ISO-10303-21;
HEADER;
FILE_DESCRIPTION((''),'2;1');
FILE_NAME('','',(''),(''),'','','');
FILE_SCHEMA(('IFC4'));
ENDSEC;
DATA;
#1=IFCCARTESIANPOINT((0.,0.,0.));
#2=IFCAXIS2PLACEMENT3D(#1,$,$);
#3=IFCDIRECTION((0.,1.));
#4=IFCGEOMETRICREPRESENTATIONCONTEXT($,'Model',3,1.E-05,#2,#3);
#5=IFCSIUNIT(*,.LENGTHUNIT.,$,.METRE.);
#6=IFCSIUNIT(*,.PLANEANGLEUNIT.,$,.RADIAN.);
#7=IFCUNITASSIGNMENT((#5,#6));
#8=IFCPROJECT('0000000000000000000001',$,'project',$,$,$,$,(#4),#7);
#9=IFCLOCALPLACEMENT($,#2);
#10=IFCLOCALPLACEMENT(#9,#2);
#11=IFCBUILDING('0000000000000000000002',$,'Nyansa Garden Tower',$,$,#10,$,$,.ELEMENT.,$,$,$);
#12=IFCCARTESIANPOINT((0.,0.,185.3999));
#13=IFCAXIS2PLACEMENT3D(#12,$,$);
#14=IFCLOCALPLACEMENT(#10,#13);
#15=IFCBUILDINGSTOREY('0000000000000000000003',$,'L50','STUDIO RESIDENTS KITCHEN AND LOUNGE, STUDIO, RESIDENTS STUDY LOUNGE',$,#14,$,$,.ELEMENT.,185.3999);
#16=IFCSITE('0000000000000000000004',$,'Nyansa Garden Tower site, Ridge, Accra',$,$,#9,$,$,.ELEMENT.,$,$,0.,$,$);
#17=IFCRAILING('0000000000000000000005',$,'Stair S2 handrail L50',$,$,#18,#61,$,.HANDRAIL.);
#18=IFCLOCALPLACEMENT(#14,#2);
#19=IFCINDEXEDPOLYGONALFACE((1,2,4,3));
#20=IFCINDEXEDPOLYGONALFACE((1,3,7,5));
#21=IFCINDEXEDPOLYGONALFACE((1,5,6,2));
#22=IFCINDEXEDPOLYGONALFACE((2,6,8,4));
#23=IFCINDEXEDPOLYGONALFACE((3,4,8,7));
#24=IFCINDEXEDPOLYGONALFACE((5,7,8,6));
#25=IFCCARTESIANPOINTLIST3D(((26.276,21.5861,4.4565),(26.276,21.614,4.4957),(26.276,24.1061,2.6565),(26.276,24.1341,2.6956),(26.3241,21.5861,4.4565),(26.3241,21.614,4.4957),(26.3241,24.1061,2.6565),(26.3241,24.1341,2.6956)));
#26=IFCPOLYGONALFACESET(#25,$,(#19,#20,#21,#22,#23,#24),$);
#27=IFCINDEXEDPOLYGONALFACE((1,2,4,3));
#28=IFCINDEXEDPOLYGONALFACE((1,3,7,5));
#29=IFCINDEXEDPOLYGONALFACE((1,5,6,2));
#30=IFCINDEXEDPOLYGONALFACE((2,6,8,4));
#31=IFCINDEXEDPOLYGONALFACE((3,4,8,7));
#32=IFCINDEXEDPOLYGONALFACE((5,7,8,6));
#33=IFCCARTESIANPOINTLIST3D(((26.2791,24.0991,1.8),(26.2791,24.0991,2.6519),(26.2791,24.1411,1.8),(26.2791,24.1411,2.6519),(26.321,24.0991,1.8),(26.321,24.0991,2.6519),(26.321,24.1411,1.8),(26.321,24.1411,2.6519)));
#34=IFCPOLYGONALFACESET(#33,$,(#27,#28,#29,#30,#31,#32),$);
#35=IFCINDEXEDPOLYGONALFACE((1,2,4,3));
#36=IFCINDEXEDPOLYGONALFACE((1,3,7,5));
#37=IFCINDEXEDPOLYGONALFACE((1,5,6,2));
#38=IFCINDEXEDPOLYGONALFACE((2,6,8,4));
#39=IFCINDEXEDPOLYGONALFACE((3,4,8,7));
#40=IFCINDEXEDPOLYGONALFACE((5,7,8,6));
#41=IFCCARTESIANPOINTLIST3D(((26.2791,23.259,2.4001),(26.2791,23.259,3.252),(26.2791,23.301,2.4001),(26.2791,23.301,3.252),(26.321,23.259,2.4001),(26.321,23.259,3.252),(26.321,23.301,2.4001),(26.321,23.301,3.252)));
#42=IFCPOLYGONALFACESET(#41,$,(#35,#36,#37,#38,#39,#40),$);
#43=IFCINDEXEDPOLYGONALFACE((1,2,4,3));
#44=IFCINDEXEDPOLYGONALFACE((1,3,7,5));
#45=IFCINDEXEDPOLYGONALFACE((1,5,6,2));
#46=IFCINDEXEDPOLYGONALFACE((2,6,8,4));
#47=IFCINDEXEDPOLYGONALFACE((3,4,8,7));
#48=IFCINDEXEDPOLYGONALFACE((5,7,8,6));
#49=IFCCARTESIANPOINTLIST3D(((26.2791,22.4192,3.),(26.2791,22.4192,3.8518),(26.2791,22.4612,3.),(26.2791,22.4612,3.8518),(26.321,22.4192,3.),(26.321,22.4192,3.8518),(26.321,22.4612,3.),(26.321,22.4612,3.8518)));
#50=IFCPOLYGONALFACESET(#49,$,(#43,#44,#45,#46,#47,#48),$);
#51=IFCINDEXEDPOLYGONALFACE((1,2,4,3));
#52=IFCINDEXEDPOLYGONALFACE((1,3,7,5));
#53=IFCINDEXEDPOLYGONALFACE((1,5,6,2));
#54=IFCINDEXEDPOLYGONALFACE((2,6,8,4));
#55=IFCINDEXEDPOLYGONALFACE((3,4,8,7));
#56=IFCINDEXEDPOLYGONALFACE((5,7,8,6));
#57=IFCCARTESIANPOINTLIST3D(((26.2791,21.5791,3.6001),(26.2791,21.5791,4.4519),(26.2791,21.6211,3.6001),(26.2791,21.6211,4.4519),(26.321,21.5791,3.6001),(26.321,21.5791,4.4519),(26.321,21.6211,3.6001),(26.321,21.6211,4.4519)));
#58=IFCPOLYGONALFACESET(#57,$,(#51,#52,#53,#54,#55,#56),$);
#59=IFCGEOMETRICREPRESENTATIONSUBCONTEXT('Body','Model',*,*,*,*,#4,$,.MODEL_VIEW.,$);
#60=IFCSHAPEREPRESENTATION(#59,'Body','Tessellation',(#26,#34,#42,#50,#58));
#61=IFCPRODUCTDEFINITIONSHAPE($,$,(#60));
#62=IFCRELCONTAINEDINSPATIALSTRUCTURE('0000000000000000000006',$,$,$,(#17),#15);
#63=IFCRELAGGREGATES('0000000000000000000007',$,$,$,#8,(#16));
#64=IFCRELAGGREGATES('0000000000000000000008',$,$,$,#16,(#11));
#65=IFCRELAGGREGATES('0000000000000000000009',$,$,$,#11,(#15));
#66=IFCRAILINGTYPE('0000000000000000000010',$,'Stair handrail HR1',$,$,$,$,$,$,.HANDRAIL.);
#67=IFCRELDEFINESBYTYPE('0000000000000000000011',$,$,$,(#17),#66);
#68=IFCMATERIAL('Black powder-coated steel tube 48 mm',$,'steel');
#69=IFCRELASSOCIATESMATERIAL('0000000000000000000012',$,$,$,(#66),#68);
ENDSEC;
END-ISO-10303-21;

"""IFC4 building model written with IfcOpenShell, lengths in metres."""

from ifc_helpers import new_model, si_unit, direction, frame, origin, origin_2d, place, context, subcontext, project, spatial, rectangle, extrude, material, type_object, element, save


model = new_model("IFC4")

# Units and contexts
model_context = context("Model", 3, precision=1e-05, world=origin(), true_north=direction((0.0, 1.0)))
body_context = subcontext(model_context, "Body", "Model", "MODEL_VIEW")
ifc_project = project(units=[si_unit("LENGTHUNIT", "METRE"), si_unit("PLANEANGLEUNIT", "RADIAN")], contexts=[model_context])

# Site, building, storey
site_placement = place(None, origin())
site = spatial("IfcSite", under=ifc_project, at=site_placement, Name="Nyansa Garden Tower site, Ridge, Accra", CompositionType="ELEMENT", RefElevation=0.0)
building_placement = place(site_placement, origin())
building = spatial("IfcBuilding", under=site, at=building_placement, Name="Nyansa Garden Tower", CompositionType="ELEMENT")
storey_placement = place(building_placement, frame((0.0, 0.0, 185.3999)))
storey = spatial("IfcBuildingStorey", under=building, at=storey_placement, Name="L50", Description="STUDIO RESIDENTS KITCHEN AND LOUNGE, STUDIO, RESIDENTS STUDY LOUNGE", CompositionType="ELEMENT", Elevation=185.3999)

# Railing
ifc_material_1 = material(Name="Black powder-coated steel tube 48 mm", Category="steel")
railing_type = type_object("IfcRailingType", Name="Stair handrail HR1", PredefinedType="HANDRAIL", material=ifc_material_1)
railing_1_placement = place(storey_placement, frame((26.3, 24.1201, 1.8)))
element("IfcRailing", 1, at=railing_1_placement, inside=storey, type_object=railing_type, Name="Stair S2 handrail L50", PredefinedType="HANDRAIL", context=body_context, shape_type="SweptSolid", body=[
    extrude(rectangle(XDim=0.0481, YDim=0.0481, at=origin_2d()), frame((0.0, 0.0, 0.876), z_axis=(0.0, -0.813728, 0.581246), x_axis=(1.0, 0.0, 0.0)), (0.0, 0.0, 1.0), 3.0969),
    extrude(rectangle(XDim=0.042, YDim=0.042, at=origin_2d()), origin(), (0.0, 0.0, 1.0), 0.8518),
    extrude(rectangle(XDim=0.042, YDim=0.042, at=origin_2d()), frame((0.0, -0.8401, 0.6001)), (0.0, 0.0, 1.0), 0.8518),
    extrude(rectangle(XDim=0.042, YDim=0.042, at=origin_2d()), frame((0.0, -1.6799, 1.2)), (0.0, 0.0, 1.0), 0.8518),
    extrude(rectangle(XDim=0.042, YDim=0.042, at=origin_2d()), frame((0.0, -2.52, 1.8)), (0.0, 0.0, 1.0), 0.8518),
])

save(model, "model.ifc")
